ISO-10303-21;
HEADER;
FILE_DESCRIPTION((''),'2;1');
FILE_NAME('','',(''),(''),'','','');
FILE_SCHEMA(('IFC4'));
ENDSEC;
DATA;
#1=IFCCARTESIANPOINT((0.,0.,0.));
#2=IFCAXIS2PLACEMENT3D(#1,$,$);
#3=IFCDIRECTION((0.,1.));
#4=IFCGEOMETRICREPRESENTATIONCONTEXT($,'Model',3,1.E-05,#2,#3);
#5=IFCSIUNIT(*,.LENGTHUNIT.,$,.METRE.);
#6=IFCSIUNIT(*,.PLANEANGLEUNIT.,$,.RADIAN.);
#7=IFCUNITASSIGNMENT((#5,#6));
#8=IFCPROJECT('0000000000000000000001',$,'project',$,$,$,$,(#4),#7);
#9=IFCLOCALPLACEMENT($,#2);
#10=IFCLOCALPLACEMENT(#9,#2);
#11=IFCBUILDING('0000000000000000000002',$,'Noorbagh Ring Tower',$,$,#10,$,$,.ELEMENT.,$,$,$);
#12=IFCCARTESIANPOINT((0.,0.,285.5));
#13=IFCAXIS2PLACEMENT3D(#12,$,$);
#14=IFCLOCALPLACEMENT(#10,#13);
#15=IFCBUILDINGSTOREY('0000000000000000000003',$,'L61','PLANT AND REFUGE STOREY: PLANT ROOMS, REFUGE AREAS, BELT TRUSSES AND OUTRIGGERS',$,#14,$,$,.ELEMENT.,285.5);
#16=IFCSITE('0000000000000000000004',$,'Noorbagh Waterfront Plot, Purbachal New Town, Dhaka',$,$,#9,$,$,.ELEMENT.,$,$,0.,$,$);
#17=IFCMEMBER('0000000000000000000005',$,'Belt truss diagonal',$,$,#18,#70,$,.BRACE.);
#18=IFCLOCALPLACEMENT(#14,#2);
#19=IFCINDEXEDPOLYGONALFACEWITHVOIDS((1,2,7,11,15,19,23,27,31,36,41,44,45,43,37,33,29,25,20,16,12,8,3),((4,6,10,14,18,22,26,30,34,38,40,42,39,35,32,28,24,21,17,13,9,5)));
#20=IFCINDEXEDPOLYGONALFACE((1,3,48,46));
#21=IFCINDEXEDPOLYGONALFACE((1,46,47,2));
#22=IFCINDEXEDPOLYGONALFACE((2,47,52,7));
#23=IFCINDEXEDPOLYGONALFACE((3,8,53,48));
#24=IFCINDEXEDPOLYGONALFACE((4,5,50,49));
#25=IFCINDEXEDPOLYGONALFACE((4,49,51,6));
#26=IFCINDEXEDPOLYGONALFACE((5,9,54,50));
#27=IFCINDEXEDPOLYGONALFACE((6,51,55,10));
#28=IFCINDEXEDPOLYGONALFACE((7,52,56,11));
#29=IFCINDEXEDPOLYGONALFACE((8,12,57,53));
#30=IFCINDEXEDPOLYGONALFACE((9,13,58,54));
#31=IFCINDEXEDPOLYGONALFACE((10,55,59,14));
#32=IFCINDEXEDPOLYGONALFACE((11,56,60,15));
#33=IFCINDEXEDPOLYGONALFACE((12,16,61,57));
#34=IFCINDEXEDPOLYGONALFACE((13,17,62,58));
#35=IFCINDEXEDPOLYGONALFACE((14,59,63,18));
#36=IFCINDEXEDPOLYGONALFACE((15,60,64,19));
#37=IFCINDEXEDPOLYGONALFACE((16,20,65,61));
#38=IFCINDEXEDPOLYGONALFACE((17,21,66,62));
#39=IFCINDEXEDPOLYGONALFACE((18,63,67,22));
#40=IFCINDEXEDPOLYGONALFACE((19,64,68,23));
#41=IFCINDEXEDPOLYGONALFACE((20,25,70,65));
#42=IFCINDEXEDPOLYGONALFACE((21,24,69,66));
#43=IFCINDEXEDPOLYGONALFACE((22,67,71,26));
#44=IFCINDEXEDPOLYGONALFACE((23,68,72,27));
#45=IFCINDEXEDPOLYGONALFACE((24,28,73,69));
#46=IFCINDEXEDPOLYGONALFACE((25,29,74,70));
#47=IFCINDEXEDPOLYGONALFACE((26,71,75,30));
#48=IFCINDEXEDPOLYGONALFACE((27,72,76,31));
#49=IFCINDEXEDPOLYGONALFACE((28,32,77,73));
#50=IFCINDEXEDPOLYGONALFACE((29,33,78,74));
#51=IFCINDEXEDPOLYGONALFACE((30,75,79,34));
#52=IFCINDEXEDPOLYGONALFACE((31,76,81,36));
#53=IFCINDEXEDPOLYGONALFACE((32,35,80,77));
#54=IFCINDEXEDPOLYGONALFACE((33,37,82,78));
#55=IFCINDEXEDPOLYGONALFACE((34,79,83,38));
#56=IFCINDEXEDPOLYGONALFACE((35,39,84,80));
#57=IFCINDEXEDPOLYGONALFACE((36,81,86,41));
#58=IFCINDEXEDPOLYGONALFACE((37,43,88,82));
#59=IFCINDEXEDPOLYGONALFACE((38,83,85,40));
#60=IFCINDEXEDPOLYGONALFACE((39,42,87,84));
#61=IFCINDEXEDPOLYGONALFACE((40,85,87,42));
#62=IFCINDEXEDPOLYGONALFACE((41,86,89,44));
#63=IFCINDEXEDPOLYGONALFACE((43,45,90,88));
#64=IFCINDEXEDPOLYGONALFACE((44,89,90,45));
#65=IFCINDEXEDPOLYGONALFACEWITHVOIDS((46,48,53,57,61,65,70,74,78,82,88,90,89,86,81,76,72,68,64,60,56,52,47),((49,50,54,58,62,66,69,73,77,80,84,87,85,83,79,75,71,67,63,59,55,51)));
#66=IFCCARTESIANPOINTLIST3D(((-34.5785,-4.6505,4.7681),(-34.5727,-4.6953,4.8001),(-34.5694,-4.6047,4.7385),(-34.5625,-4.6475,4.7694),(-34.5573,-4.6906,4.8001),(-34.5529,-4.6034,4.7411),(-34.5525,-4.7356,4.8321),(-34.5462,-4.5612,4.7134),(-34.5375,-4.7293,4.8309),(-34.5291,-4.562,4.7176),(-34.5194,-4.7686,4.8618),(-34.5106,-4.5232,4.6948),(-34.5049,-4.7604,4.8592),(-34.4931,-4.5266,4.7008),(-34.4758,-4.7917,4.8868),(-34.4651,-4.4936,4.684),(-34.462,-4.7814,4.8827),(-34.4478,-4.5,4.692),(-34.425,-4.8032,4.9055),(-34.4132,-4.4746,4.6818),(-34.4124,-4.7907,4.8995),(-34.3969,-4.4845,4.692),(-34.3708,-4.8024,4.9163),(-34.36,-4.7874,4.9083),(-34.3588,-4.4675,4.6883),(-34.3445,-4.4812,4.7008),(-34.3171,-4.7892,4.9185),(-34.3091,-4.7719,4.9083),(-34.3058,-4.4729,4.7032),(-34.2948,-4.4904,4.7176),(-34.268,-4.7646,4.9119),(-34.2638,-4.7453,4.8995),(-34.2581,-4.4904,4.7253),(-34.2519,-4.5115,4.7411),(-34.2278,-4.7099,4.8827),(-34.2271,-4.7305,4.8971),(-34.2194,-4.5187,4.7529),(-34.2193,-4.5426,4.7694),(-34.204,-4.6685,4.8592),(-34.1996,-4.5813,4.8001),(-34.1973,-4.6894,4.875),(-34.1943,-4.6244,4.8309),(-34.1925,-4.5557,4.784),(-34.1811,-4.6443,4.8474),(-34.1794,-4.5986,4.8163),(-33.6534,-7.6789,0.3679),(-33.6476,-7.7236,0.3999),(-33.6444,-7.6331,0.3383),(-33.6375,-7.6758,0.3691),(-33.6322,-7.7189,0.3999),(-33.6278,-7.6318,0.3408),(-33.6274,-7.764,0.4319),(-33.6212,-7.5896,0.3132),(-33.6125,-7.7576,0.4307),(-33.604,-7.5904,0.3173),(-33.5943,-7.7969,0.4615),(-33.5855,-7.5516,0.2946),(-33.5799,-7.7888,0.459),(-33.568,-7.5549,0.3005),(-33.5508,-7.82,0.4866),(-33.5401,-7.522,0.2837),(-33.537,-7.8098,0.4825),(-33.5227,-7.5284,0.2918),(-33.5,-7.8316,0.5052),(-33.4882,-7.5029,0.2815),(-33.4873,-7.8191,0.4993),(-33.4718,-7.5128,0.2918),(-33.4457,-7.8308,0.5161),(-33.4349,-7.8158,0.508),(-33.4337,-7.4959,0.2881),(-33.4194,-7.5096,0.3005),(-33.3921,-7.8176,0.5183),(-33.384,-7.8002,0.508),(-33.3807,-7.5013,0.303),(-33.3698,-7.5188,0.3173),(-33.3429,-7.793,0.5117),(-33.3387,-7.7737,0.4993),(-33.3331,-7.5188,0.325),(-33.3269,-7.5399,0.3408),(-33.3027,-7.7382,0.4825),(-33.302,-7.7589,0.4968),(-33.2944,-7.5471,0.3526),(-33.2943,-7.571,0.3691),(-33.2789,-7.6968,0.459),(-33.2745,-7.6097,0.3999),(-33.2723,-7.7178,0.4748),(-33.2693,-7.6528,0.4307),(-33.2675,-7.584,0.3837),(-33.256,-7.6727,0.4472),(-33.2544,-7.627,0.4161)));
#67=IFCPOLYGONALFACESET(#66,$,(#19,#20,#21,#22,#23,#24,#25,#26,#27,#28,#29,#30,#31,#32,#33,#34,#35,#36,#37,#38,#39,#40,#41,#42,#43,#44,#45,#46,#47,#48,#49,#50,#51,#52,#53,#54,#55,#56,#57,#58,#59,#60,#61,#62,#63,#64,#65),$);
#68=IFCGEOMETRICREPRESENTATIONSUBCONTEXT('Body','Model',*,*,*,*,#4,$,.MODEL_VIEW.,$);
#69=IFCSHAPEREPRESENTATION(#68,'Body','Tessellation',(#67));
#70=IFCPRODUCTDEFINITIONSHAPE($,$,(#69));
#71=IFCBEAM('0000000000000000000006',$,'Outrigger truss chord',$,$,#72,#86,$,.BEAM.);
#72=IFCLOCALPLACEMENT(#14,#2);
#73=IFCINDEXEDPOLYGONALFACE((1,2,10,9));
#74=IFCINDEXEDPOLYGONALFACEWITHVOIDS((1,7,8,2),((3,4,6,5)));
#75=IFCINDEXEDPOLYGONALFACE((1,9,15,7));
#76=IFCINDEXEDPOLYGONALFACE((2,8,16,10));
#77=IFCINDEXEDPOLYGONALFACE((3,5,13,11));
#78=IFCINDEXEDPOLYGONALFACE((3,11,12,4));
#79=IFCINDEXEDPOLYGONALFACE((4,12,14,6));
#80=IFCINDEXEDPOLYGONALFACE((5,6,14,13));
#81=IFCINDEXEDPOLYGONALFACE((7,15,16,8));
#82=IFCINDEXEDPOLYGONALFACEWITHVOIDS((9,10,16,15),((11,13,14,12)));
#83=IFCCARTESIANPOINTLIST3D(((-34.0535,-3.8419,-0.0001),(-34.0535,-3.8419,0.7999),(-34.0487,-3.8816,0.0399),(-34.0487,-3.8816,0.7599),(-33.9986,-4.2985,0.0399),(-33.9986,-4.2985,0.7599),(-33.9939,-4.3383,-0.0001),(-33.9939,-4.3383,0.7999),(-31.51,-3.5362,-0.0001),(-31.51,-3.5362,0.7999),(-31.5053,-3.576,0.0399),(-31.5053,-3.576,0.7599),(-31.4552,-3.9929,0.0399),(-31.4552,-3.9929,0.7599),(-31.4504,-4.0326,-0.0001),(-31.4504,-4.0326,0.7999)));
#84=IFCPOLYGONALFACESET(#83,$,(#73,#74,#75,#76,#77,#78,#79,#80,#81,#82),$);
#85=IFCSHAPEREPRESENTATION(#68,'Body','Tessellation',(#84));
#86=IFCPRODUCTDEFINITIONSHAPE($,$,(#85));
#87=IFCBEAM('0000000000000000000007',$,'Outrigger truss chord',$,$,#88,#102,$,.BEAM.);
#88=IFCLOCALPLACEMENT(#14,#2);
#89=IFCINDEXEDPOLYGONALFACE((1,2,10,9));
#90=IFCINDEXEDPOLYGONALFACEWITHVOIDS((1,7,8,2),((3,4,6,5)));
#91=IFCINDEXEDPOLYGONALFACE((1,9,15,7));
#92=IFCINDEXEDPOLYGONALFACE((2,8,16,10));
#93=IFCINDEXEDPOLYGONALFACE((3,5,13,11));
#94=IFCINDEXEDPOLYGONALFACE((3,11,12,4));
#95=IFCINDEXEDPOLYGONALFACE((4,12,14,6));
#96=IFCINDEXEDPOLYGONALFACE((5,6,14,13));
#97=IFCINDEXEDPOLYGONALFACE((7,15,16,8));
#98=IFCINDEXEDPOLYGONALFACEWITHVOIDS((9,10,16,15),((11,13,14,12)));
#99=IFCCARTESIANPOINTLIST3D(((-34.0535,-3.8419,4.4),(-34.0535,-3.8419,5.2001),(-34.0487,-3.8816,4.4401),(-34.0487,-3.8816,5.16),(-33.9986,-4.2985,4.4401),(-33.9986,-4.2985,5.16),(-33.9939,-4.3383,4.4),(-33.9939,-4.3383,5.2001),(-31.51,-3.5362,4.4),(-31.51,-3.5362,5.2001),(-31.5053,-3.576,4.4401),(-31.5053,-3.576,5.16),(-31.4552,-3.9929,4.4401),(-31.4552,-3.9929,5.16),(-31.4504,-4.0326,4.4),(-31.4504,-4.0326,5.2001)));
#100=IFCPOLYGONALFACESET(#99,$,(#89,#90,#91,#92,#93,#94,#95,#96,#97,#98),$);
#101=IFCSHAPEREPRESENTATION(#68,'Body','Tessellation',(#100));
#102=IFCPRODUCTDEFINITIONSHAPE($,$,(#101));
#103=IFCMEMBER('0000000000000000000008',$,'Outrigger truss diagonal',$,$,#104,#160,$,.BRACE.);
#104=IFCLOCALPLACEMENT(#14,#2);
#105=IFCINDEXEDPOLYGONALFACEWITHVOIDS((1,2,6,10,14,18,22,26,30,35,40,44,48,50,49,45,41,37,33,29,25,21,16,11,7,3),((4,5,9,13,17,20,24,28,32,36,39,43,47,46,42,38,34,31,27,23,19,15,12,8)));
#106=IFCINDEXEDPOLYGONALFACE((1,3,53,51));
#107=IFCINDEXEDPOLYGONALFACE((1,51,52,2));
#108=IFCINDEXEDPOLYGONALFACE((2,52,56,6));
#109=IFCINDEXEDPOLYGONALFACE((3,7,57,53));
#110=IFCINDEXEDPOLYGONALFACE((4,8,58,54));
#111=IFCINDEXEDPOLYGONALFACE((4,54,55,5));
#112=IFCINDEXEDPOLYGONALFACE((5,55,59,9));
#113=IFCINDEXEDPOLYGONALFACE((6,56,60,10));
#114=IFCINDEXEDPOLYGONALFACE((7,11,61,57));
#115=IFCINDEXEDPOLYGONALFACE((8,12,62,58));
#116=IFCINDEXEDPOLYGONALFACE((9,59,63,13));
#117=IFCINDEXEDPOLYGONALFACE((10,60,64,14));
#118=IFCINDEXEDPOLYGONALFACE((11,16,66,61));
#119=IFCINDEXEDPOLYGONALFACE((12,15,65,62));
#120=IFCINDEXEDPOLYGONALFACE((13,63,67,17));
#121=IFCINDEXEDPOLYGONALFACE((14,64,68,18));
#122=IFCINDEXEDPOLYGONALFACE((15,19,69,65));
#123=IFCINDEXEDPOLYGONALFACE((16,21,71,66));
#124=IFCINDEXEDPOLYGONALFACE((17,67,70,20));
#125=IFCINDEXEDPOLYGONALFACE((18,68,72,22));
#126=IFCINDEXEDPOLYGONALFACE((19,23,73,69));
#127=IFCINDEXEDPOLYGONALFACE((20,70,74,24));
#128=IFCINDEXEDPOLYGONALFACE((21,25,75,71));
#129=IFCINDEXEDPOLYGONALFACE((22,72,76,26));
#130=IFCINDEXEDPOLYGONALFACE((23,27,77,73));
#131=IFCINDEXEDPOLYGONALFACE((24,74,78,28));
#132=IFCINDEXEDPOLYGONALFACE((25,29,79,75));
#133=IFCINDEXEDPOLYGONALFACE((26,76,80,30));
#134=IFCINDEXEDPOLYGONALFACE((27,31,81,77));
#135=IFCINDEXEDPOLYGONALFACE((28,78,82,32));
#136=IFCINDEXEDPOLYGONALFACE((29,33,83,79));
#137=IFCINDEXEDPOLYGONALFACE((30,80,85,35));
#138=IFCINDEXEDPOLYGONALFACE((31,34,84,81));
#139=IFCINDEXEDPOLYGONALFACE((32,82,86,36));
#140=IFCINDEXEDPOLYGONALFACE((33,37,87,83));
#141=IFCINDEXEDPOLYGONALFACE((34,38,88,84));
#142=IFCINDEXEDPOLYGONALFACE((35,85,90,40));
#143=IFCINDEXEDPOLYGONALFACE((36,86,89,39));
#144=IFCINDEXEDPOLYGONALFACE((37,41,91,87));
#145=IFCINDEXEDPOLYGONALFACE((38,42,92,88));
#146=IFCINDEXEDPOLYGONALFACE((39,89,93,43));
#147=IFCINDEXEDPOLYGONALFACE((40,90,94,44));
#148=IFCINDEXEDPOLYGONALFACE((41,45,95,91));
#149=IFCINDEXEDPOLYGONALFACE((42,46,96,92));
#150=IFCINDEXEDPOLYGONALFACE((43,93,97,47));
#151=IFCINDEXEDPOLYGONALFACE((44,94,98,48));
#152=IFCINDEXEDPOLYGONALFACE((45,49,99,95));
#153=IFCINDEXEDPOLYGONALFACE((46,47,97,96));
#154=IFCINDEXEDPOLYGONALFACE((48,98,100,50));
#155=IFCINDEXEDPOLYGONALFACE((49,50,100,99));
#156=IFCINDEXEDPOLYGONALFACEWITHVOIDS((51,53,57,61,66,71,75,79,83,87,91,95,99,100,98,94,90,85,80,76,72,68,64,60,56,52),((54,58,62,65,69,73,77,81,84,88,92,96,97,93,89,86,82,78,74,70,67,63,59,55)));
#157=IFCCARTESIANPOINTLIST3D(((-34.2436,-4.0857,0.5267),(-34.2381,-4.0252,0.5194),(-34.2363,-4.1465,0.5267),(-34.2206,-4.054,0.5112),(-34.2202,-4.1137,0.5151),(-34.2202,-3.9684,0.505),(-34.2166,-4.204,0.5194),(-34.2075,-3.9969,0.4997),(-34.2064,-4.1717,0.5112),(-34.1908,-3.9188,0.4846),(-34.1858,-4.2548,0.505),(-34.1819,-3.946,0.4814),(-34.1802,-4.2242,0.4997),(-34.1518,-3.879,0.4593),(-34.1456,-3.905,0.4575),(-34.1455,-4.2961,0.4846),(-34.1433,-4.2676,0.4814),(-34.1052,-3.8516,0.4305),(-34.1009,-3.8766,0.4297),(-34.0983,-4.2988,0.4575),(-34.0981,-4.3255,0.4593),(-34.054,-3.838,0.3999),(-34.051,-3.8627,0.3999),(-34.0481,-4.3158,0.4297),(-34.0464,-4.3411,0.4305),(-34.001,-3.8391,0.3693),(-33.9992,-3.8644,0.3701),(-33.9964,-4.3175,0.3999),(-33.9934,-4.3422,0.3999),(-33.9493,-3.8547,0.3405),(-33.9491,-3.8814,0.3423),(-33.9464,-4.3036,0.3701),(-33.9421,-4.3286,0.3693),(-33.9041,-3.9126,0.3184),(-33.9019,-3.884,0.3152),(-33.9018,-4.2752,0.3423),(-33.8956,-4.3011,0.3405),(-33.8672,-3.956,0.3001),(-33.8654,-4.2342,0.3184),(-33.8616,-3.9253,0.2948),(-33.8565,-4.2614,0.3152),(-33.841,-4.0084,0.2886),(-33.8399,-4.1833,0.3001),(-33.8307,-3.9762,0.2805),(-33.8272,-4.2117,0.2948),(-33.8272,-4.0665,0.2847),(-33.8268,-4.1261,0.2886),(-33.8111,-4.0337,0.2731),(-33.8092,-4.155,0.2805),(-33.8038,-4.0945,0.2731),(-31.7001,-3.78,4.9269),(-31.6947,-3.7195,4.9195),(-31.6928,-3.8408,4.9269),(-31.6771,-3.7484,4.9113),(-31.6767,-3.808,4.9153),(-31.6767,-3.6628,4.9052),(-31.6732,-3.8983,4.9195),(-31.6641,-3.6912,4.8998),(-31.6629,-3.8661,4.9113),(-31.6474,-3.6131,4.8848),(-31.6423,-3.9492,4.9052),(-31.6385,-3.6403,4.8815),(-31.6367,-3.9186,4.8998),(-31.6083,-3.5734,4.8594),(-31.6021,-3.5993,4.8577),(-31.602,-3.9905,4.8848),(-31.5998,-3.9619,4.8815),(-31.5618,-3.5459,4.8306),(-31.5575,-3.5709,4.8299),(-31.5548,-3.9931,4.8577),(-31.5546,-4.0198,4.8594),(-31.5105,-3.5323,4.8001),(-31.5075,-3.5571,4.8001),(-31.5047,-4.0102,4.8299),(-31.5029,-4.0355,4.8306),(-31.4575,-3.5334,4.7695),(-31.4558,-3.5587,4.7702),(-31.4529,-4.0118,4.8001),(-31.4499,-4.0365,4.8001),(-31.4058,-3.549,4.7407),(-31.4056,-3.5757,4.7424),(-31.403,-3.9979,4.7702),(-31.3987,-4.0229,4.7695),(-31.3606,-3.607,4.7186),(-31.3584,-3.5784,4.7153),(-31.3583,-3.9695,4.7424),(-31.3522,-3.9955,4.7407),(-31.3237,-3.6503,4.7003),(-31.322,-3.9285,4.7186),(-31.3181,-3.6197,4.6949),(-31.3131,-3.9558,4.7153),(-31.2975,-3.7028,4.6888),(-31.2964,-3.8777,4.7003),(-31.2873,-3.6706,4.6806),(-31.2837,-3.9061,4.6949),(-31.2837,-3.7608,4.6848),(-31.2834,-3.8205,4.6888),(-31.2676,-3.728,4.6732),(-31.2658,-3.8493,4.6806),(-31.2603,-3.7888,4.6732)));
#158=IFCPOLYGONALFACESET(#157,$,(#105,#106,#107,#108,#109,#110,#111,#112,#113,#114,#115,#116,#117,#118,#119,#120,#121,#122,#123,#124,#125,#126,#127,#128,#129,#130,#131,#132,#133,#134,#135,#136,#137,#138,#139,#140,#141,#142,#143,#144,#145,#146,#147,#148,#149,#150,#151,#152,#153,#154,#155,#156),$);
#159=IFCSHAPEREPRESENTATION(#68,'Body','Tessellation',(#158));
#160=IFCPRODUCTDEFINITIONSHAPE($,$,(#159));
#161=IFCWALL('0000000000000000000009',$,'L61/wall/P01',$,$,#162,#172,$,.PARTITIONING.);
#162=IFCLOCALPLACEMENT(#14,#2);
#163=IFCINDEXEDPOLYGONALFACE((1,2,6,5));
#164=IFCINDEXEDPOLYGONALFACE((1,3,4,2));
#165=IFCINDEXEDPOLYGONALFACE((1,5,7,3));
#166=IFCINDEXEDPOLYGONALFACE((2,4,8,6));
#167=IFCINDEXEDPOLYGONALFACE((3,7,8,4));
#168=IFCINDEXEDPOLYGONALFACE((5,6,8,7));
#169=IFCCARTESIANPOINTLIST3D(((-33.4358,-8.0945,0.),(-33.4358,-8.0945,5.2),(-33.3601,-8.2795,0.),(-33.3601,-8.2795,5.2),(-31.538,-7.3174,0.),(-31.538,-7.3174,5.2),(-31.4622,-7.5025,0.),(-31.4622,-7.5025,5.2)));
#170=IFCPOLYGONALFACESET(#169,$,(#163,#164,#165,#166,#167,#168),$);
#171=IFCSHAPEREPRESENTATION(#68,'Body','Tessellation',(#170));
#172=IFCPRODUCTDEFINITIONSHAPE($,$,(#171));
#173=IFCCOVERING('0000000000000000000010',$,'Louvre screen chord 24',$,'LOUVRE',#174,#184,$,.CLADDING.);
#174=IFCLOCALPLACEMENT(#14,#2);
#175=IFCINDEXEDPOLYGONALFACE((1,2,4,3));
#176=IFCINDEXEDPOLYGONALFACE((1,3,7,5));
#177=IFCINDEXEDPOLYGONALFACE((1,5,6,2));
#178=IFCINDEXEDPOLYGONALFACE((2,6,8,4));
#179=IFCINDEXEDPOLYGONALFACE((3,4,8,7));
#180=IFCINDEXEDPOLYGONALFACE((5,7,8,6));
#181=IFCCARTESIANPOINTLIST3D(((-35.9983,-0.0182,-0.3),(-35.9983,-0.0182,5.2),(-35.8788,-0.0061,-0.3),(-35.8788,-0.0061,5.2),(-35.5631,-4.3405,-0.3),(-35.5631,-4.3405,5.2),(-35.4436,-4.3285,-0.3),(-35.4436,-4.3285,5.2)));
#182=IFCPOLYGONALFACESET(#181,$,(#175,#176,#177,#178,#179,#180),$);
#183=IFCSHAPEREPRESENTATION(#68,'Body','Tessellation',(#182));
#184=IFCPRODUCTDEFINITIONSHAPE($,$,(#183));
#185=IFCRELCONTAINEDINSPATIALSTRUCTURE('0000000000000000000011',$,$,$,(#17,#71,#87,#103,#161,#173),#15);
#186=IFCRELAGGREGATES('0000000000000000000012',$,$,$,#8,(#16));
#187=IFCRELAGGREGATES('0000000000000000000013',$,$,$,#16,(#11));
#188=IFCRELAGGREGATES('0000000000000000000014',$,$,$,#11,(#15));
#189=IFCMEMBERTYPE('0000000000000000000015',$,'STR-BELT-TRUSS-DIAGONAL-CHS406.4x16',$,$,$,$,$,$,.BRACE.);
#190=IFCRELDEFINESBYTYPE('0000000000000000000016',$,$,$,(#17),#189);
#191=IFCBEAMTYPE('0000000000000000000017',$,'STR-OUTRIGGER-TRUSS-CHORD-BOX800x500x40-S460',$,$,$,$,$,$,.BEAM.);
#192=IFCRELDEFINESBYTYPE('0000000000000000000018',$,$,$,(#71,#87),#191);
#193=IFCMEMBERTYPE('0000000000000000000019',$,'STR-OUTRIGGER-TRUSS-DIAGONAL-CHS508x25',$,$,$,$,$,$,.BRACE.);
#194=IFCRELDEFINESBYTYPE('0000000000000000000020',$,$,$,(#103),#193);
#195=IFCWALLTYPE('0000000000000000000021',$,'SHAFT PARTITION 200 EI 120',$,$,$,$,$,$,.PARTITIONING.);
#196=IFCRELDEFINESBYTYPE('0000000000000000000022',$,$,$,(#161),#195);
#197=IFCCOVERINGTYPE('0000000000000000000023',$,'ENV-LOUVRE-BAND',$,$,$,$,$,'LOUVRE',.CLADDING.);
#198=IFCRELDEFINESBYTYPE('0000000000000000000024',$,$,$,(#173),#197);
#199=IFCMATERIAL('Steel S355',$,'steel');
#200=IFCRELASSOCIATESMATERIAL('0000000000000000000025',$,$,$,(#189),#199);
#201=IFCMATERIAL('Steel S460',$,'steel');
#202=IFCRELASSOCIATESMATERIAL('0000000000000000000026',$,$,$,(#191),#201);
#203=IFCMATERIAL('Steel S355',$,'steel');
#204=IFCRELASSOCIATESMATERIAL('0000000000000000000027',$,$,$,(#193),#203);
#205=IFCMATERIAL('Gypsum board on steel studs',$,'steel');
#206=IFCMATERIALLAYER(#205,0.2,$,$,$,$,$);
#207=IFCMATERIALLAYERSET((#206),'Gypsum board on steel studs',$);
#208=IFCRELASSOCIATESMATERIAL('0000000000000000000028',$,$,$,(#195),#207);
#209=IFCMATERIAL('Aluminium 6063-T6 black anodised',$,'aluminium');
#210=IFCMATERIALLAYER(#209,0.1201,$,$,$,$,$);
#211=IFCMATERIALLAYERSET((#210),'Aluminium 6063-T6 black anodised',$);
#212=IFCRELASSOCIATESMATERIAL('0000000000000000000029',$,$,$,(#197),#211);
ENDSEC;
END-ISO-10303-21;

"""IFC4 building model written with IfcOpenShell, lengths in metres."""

from ifc_helpers import new_model, si_unit, direction, frame, frame_2d, origin, origin_2d, place, context, subcontext, project, spatial, rectangle, hollow_rectangle, hollow_circle, extrude, material, layer, layer_set, material_profile, profile_set, type_object, element, save


model = new_model("IFC4")

# Units and contexts
model_context = context("Model", 3, precision=1e-05, world=origin(), true_north=direction((0.0, 1.0)))
body_context = subcontext(model_context, "Body", "Model", "MODEL_VIEW")
ifc_project = project(units=[si_unit("LENGTHUNIT", "METRE"), si_unit("PLANEANGLEUNIT", "RADIAN")], contexts=[model_context])

# Site, building, storey
site_placement = place(None, origin())
site = spatial("IfcSite", under=ifc_project, at=site_placement, Name="Noorbagh Waterfront Plot, Purbachal New Town, Dhaka", CompositionType="ELEMENT", RefElevation=0.0)
building_placement = place(site_placement, origin())
building = spatial("IfcBuilding", under=site, at=building_placement, Name="Noorbagh Ring Tower", CompositionType="ELEMENT")
storey_placement = place(building_placement, frame((0.0, 0.0, 285.5)))
storey = spatial("IfcBuildingStorey", under=building, at=storey_placement, Name="L61", Description="PLANT AND REFUGE STOREY: PLANT ROOMS, REFUGE AREAS, BELT TRUSSES AND OUTRIGGERS", CompositionType="ELEMENT", Elevation=285.5)

# Member
ifc_material_1 = material(Name="Steel S355", Category="steel")
ifc_material_profile_1 = material_profile(ifc_material_1, hollow_circle(Radius=0.2031, WallThickness=0.0161, at=origin_2d()), Name="CHS406.4x16")
ifc_profile_set_1 = profile_set([ifc_material_profile_1], Name="Steel S355")
member_type_1 = type_object("IfcMemberType", Name="STR-BELT-TRUSS-DIAGONAL-CHS406.4x16", PredefinedType="BRACE", material=ifc_profile_set_1)
member_1_placement = place(storey_placement, frame((-33.4534, -7.6643, 0.3999), z_axis=(-0.17064, 0.558623, 0.811679), x_axis=(-0.956376, -0.29214, 0.0)))
element("IfcMember", 1, at=member_1_placement, inside=storey, type_object=member_type_1, Name="Belt truss diagonal", PredefinedType="BRACE", context=body_context, shape_type="SweptSolid", body=[
    extrude(hollow_circle(Radius=0.2031, WallThickness=0.0161, at=origin_2d()), origin(), (0.0, 0.0, 1.0), 5.4211),
])

# Beams
ifc_material_2 = material(Name="Steel S460", Category="steel")
ifc_material_profile_2 = material_profile(ifc_material_2, hollow_rectangle(XDim=0.5, YDim=0.8, WallThickness=0.04, at=origin_2d()), Name="BOX800x500x40")
ifc_profile_set_2 = profile_set([ifc_material_profile_2], Name="Steel S460")
beam_type_1 = type_object("IfcBeamType", Name="STR-OUTRIGGER-TRUSS-CHORD-BOX800x500x40-S460", PredefinedType="BEAM", material=ifc_profile_set_2)
for number, where, z_axis, x_axis, name in (
    (2, (-34.0237, -4.0901, 0.3999), (0.992856, 0.119318, 0.0), (-0.119318, 0.992856, 0.0), "Outrigger truss chord"),
    (3, (-34.0237, -4.0901, 4.8), (0.992856, 0.119318, 0.0), (-0.119318, 0.992856, 0.0), "Outrigger truss chord"),
):
    element("IfcBeam", number, at=place(storey_placement, frame(where, z_axis=z_axis, x_axis=x_axis)), inside=storey, type_object=beam_type_1, Name=name, PredefinedType="BEAM", context=body_context, shape_type="SweptSolid", body=[
        extrude(hollow_rectangle(XDim=0.5, YDim=0.8, WallThickness=0.04, at=origin_2d()), origin(), (0.0, 0.0, 1.0), 2.5618),
    ])

# Member
ifc_material_3 = material(Name="Steel S355", Category="steel")
ifc_material_profile_3 = material_profile(ifc_material_3, hollow_circle(Radius=0.2539, WallThickness=0.0249, at=origin_2d()), Name="CHS508x25")
ifc_profile_set_3 = profile_set([ifc_material_profile_3], Name="Steel S355")
member_type_2 = type_object("IfcMemberType", Name="STR-OUTRIGGER-TRUSS-DIAGONAL-CHS508x25", PredefinedType="BRACE", material=ifc_profile_set_3)
member_2_placement = place(storey_placement, frame((-34.0237, -4.0901, 0.3999), z_axis=(0.499545, 0.060034, 0.864205), x_axis=(-0.119318, 0.992856, 0.0)))
element("IfcMember", 4, at=member_2_placement, inside=storey, type_object=member_type_2, Name="Outrigger truss diagonal", PredefinedType="BRACE", context=body_context, shape_type="SweptSolid", body=[
    extrude(hollow_circle(Radius=0.2539, WallThickness=0.0249, at=origin_2d()), origin(), (0.0, 0.0, 1.0), 5.0916),
])

# Wall
ifc_material_4 = material(Name="Gypsum board on steel studs", Category="steel")
ifc_layer_1 = layer(ifc_material_4, 0.2)
ifc_layer_set_1 = layer_set([ifc_layer_1], Name="Gypsum board on steel studs")
wall_type = type_object("IfcWallType", Name="SHAFT PARTITION 200 EI 120", PredefinedType="PARTITIONING", material=ifc_layer_set_1)
wall_placement = place(storey_placement, frame((-33.3979, -8.187, 0.0), z_axis=(0.0, 0.0, 1.0), x_axis=(0.925433, 0.378911, 0.0)))
element("IfcWall", 5, at=wall_placement, inside=storey, type_object=wall_type, Name="L61/wall/P01", PredefinedType="PARTITIONING", context=body_context, shape_type="SweptSolid", body=[
    extrude(rectangle(XDim=2.0508, YDim=0.2, at=frame_2d((1.0254, 0.0))), origin(), (0.0, 0.0, 1.0), 5.2),
])

# Covering
ifc_material_5 = material(Name="Aluminium 6063-T6 black anodised", Category="aluminium")
ifc_layer_2 = layer(ifc_material_5, 0.1201)
ifc_layer_set_2 = layer_set([ifc_layer_2], Name="Aluminium 6063-T6 black anodised")
covering_type_1 = type_object("IfcCoveringType", Name="ENV-LOUVRE-BAND", ElementType="LOUVRE", PredefinedType="CLADDING", material=ifc_layer_set_2)
covering_1_placement = place(storey_placement, frame((-35.7209, -2.1733, -0.3), z_axis=(0.0, 0.0, 1.0), x_axis=(0.100178, -0.99497, 0.0)))
element("IfcCovering", 6, at=covering_1_placement, inside=storey, type_object=covering_type_1, Name="Louvre screen chord 24", ObjectType="LOUVRE", PredefinedType="CLADDING", context=body_context, shape_type="SweptSolid", body=[
    extrude(rectangle(XDim=4.3442, YDim=0.1201, at=origin_2d()), origin(), (0.0, 0.0, 1.0), 5.5),
])

save(model, "model.ifc")
